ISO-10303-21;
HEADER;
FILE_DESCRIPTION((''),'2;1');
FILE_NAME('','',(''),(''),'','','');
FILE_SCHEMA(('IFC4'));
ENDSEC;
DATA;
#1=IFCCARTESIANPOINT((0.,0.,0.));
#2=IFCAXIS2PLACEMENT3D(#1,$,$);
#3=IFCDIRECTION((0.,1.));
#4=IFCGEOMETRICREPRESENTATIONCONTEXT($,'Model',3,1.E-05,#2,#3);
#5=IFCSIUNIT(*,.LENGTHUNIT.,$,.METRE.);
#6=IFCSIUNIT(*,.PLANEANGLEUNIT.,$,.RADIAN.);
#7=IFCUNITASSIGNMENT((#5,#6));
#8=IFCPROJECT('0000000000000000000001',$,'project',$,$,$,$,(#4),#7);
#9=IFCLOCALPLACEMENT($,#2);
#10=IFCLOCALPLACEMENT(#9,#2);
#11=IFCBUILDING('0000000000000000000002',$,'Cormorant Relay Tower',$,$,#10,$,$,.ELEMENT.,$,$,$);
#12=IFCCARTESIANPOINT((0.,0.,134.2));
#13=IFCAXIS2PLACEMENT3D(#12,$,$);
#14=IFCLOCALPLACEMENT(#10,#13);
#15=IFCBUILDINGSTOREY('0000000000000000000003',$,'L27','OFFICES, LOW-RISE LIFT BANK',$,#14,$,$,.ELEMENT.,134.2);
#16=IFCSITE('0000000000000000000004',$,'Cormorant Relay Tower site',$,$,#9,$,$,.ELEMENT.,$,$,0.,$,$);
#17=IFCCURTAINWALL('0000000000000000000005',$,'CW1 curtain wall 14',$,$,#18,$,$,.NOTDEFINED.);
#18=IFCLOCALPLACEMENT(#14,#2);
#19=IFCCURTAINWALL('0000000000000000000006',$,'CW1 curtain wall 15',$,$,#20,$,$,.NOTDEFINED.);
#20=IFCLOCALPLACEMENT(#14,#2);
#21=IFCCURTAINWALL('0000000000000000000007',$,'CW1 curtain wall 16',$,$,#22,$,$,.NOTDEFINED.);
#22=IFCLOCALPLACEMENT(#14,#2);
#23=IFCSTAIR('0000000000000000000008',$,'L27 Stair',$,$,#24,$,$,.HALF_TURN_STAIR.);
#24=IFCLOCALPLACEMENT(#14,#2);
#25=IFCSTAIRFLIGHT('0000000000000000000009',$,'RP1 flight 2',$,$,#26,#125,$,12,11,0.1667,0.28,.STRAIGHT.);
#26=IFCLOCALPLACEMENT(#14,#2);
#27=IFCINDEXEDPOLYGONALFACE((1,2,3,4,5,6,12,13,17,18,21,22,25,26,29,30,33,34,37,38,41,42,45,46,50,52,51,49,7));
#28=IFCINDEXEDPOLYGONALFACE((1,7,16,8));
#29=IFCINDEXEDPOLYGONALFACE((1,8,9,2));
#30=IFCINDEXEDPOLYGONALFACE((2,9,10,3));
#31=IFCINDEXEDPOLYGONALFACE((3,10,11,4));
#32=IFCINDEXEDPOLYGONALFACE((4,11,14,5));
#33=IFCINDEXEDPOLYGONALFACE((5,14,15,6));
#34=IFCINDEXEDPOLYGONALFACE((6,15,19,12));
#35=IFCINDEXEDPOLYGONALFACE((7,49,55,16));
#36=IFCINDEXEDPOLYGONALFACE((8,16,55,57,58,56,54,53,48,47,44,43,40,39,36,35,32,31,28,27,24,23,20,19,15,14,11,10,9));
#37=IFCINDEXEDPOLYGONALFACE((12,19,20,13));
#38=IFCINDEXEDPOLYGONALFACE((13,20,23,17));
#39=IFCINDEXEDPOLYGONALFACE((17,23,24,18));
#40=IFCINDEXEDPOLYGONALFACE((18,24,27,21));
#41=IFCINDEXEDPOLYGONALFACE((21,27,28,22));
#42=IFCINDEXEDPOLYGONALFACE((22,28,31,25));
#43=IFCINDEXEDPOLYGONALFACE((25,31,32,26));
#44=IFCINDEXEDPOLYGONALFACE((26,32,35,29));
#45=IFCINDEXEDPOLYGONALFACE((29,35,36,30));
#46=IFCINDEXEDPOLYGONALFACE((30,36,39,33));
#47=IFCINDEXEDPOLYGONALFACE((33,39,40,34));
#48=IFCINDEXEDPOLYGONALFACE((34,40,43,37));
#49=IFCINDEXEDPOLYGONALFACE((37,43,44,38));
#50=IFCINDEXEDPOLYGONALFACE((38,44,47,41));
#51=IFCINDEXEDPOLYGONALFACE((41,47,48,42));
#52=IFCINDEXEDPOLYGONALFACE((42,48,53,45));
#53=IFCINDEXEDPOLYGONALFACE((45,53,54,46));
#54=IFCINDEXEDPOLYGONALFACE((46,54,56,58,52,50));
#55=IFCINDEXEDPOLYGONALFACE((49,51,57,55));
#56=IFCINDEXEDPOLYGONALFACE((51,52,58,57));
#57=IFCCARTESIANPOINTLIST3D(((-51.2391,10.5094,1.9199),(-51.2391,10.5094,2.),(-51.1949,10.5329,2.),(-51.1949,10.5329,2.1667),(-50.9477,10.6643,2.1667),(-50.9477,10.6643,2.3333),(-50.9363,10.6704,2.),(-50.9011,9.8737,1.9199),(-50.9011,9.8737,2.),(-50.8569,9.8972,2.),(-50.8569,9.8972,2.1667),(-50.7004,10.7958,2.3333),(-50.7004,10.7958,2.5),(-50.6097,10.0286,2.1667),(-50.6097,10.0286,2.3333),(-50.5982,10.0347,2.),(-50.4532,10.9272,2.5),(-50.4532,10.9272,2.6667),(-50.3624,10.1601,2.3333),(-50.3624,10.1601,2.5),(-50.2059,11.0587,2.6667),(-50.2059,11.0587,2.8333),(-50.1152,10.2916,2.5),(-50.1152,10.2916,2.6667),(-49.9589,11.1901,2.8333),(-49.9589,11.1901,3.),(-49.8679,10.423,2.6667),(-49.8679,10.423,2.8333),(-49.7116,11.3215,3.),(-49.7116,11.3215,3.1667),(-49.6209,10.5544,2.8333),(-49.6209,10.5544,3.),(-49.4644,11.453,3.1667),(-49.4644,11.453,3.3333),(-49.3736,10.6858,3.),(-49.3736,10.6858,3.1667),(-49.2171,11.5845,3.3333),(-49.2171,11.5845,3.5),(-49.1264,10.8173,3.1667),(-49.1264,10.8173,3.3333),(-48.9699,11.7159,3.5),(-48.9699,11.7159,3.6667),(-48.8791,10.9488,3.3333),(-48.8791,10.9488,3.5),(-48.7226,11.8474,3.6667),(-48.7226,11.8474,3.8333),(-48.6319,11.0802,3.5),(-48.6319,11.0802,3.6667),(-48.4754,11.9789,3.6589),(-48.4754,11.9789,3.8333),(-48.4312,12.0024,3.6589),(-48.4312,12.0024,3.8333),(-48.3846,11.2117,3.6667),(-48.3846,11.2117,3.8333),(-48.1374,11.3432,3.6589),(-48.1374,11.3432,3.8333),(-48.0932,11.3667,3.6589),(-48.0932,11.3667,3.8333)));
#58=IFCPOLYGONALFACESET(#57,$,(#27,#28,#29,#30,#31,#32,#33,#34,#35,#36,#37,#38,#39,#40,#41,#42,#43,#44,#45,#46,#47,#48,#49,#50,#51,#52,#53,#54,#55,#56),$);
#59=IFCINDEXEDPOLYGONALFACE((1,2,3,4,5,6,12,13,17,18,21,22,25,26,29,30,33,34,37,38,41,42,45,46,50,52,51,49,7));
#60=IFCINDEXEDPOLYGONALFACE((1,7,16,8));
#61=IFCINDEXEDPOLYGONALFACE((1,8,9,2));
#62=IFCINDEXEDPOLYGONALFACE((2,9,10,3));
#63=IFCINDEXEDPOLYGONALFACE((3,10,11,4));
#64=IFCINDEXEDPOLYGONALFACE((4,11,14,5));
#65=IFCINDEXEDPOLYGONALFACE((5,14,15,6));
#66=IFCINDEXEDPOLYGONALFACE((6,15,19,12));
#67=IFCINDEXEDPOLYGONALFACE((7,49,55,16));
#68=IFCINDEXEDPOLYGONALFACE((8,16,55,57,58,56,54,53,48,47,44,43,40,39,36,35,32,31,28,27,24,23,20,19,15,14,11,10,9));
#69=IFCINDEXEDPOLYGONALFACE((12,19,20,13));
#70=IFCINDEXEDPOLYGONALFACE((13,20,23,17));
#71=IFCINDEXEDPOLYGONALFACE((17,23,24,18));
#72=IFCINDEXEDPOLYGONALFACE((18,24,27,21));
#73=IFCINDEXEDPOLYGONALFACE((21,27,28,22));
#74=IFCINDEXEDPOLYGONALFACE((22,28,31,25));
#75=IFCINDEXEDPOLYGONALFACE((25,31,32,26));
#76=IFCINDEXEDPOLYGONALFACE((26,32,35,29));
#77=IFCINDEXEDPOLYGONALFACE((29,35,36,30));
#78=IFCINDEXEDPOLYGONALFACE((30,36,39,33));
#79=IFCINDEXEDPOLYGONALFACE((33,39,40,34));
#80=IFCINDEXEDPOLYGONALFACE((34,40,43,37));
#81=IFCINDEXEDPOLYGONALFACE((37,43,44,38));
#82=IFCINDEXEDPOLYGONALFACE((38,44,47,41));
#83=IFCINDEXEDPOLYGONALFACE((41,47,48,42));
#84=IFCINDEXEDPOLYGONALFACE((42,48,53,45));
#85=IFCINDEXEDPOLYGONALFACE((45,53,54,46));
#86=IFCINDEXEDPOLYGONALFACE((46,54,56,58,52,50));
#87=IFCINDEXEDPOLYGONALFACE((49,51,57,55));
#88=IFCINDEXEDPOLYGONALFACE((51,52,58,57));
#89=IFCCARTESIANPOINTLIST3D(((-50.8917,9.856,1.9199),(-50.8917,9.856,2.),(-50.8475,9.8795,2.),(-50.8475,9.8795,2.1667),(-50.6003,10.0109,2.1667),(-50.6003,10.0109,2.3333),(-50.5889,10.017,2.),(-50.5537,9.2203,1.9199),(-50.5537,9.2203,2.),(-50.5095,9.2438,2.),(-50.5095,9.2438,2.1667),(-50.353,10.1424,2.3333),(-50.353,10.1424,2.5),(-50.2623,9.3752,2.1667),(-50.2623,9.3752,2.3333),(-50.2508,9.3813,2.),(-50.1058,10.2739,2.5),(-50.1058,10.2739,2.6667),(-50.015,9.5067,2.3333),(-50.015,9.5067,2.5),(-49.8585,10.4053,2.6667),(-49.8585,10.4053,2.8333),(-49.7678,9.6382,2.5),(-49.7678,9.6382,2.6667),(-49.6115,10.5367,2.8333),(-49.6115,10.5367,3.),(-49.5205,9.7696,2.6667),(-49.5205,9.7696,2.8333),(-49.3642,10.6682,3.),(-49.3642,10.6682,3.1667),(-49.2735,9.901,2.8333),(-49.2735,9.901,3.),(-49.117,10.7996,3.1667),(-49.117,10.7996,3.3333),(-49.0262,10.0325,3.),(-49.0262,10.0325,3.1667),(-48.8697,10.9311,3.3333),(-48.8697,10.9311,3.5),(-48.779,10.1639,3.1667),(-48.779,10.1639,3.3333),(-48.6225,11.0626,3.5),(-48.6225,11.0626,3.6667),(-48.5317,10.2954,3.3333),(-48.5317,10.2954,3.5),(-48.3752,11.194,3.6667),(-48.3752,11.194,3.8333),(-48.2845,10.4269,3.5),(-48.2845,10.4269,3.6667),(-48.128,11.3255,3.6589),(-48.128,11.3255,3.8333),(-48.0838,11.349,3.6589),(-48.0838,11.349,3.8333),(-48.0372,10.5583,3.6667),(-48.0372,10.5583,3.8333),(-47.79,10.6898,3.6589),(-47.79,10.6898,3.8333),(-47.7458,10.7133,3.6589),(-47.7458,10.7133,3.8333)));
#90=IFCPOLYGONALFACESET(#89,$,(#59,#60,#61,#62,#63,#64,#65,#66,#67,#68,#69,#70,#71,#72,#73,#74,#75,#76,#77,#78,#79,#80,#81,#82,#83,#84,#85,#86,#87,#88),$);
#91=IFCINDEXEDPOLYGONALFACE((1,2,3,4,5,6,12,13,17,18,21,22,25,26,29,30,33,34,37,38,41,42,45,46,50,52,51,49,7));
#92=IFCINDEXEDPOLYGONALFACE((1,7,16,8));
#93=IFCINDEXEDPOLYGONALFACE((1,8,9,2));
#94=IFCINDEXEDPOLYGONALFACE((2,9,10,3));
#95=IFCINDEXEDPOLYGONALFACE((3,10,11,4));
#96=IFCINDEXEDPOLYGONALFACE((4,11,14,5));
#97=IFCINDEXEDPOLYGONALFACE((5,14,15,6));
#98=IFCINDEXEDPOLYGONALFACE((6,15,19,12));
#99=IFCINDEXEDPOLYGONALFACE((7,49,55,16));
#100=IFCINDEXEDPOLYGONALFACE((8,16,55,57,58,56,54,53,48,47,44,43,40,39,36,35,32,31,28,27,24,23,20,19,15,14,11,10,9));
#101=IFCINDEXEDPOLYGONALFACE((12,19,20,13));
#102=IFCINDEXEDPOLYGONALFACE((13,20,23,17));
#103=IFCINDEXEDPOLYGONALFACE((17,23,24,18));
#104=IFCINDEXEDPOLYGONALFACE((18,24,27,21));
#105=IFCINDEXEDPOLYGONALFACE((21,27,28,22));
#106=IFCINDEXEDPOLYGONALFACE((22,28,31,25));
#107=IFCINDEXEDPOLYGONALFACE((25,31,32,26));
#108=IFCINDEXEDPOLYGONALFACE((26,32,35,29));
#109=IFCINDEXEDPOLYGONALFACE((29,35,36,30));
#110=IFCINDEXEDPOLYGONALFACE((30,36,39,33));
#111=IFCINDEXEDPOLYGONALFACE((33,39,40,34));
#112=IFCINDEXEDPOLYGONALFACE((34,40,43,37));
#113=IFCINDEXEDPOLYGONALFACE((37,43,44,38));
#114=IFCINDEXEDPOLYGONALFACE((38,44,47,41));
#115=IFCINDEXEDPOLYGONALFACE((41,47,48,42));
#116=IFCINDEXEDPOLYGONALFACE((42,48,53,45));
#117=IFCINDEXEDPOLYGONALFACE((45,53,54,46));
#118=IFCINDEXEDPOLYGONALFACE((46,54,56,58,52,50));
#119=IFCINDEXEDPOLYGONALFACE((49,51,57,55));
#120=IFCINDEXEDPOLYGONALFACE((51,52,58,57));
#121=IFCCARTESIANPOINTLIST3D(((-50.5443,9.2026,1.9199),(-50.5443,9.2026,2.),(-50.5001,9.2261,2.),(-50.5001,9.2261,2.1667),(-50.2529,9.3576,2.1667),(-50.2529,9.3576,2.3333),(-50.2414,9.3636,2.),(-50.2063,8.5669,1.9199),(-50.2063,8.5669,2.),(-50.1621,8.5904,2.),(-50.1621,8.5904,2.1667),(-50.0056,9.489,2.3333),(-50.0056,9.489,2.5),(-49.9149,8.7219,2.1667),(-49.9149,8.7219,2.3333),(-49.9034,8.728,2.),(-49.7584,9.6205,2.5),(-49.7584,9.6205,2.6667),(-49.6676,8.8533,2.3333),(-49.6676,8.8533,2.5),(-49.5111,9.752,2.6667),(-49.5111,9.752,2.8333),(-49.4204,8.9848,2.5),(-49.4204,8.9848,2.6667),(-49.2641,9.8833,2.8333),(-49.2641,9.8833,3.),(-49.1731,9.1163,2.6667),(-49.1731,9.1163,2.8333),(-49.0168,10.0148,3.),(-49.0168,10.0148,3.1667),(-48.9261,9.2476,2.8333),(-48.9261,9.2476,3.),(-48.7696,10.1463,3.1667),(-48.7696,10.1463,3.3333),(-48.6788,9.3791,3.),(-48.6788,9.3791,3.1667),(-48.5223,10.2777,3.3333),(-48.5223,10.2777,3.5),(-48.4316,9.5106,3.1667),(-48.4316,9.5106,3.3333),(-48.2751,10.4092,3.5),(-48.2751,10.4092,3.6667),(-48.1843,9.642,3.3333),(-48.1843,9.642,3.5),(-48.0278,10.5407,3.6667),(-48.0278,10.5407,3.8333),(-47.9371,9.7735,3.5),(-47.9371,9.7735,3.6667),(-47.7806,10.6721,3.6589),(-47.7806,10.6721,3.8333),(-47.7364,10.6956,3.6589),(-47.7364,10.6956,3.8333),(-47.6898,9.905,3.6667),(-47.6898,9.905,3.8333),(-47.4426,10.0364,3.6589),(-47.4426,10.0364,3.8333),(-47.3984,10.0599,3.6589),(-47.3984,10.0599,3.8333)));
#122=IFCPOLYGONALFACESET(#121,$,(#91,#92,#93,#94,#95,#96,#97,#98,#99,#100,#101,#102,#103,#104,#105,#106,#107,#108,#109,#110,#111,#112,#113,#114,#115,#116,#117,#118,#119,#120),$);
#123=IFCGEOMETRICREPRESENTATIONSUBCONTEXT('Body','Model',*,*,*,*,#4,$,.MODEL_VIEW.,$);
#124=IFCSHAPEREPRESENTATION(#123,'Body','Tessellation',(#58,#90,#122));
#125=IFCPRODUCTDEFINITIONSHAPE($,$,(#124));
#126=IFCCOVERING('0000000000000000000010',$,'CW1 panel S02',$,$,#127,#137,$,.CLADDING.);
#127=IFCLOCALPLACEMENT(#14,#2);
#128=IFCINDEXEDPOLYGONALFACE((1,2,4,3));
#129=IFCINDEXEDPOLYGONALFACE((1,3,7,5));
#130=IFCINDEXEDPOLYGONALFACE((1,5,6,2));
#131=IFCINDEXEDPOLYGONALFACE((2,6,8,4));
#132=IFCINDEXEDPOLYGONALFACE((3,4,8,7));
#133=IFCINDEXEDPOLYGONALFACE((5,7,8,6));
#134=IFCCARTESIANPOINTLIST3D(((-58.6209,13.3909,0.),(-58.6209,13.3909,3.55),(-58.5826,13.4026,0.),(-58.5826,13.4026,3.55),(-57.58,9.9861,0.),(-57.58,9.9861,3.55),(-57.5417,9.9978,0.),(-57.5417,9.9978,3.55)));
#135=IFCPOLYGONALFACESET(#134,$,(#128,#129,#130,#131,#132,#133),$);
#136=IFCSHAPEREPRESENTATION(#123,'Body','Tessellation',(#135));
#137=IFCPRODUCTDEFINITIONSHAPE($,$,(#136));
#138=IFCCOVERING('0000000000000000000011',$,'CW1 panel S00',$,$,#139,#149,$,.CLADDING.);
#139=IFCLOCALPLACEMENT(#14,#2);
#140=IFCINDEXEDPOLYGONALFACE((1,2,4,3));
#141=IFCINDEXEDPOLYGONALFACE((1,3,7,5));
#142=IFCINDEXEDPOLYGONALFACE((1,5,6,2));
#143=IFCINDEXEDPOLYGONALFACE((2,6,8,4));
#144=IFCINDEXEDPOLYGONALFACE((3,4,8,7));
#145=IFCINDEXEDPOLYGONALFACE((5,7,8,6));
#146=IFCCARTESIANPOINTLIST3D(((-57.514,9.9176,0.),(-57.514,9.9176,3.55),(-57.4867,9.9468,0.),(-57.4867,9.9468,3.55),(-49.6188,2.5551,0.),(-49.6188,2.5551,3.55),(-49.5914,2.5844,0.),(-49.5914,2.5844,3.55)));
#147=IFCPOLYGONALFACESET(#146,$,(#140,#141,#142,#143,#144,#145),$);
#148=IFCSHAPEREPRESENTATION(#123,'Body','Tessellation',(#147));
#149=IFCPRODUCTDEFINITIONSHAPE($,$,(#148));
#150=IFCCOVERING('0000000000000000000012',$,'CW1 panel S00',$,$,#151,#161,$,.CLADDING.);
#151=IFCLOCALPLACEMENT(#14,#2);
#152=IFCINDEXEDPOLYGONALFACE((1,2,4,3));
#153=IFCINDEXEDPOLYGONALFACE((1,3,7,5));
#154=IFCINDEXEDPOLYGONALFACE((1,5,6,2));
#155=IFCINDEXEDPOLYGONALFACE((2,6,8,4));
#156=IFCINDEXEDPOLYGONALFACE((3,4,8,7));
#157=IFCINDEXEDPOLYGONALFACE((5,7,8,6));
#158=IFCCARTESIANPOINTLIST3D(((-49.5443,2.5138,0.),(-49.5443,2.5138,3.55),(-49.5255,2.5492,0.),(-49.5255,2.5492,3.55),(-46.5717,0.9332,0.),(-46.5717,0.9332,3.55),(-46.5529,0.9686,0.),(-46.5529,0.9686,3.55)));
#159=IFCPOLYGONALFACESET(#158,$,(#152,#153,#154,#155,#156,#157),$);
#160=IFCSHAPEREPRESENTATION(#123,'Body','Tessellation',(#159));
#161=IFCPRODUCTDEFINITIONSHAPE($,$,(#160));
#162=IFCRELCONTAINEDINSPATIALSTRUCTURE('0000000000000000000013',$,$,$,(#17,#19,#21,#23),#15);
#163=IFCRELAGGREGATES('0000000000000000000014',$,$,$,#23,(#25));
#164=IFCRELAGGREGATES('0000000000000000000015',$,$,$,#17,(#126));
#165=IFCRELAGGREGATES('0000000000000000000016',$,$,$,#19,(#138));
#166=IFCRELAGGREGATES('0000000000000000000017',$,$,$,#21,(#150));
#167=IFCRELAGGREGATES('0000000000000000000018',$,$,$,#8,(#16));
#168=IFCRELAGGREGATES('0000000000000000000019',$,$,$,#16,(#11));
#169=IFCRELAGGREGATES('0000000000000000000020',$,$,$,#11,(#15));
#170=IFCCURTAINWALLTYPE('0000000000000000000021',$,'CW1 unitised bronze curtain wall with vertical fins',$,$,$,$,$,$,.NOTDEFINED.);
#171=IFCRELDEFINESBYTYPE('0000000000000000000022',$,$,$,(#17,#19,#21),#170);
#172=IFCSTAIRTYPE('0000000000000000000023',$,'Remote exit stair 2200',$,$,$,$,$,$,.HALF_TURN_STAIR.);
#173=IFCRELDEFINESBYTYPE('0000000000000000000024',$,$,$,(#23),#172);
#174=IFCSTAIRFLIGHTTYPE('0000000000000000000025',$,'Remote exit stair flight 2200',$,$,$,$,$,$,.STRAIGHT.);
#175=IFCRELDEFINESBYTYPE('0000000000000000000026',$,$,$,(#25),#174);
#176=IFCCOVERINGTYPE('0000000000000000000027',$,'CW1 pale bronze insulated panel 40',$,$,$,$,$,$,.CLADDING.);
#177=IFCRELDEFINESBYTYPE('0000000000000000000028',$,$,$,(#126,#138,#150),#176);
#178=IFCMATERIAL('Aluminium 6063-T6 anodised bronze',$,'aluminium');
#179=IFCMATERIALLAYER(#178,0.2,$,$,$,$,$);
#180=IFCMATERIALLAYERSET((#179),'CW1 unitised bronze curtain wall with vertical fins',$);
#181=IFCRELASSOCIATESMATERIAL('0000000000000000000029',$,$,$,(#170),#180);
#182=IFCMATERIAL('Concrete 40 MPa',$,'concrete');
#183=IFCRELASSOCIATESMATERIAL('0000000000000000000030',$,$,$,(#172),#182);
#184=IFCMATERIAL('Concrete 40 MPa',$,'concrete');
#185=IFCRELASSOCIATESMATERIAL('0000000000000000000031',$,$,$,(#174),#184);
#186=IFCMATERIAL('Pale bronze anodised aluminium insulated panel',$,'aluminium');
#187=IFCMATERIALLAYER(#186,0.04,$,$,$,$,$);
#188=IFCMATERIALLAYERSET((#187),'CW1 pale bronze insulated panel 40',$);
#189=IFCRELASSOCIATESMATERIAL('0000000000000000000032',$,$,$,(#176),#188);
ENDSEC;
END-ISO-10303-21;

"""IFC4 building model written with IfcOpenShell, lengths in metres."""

from ifc_helpers import new_model, si_unit, direction, frame, origin, origin_2d, place, context, subcontext, project, spatial, polyline, rectangle, outline, extrude, material, layer, layer_set, type_object, element, aggregate, save


model = new_model("IFC4")

# Units and contexts
model_context = context("Model", 3, precision=1e-05, world=origin(), true_north=direction((0.0, 1.0)))
body_context = subcontext(model_context, "Body", "Model", "MODEL_VIEW")
ifc_project = project(units=[si_unit("LENGTHUNIT", "METRE"), si_unit("PLANEANGLEUNIT", "RADIAN")], contexts=[model_context])

# Site, building, storey
site_placement = place(None, origin())
site = spatial("IfcSite", under=ifc_project, at=site_placement, Name="Cormorant Relay Tower site", CompositionType="ELEMENT", RefElevation=0.0)
building_placement = place(site_placement, origin())
building = spatial("IfcBuilding", under=site, at=building_placement, Name="Cormorant Relay Tower", CompositionType="ELEMENT")
storey_placement = place(building_placement, frame((0.0, 0.0, 134.2)))
storey = spatial("IfcBuildingStorey", under=building, at=storey_placement, Name="L27", Description="OFFICES, LOW-RISE LIFT BANK", CompositionType="ELEMENT", Elevation=134.2)

# Curtain wall
ifc_material_1 = material(Name="Aluminium 6063-T6 anodised bronze", Category="aluminium")
ifc_layer_1 = layer(ifc_material_1, 0.2)
ifc_layer_set_1 = layer_set([ifc_layer_1], Name="CW1 unitised bronze curtain wall with vertical fins")
curtain_wall_type = type_object("IfcCurtainWallType", Name="CW1 unitised bronze curtain wall with vertical fins", PredefinedType="NOTDEFINED", material=ifc_layer_set_1)
curtain_wall_1_placement = place(storey_placement, origin())
curtain_wall_1 = element("IfcCurtainWall", 1, at=curtain_wall_1_placement, inside=storey, type_object=curtain_wall_type, Name="CW1 curtain wall 14", PredefinedType="NOTDEFINED")

# Curtain wall
curtain_wall_2_placement = place(storey_placement, origin())
curtain_wall_2 = element("IfcCurtainWall", 2, at=curtain_wall_2_placement, inside=storey, type_object=curtain_wall_type, Name="CW1 curtain wall 15", PredefinedType="NOTDEFINED")

# Curtain wall
curtain_wall_3_placement = place(storey_placement, origin())
curtain_wall_3 = element("IfcCurtainWall", 3, at=curtain_wall_3_placement, inside=storey, type_object=curtain_wall_type, Name="CW1 curtain wall 16", PredefinedType="NOTDEFINED")

# Stair, stair flight
ifc_material_2 = material(Name="Concrete 40 MPa", Category="concrete")
stair_type = type_object("IfcStairType", Name="Remote exit stair 2200", PredefinedType="HALF_TURN_STAIR", material=ifc_material_2)
stair_placement = place(storey_placement, origin())
stair = element("IfcStair", 4, at=stair_placement, inside=storey, type_object=stair_type, Name="L27 Stair", PredefinedType="HALF_TURN_STAIR")
ifc_material_3 = material(Name="Concrete 40 MPa", Category="concrete")
stair_flight_type = type_object("IfcStairFlightType", Name="Remote exit stair flight 2200", PredefinedType="STRAIGHT", material=ifc_material_3)
stair_flight_1_placement = place(storey_placement, frame((-50.6785, 9.5615, 2.0), z_axis=(0.0, 0.0, 1.0), x_axis=(0.882948, 0.469472, 0.0)))
stair_flight_1 = element("IfcStairFlight", 5, at=stair_flight_1_placement, type_object=stair_flight_type, Name="RP1 flight 2", NumberOfRisers=12, NumberOfTreads=11, PredefinedType="STRAIGHT", RiserHeight=0.1667, TreadLength=0.28, context=body_context, shape_type="SweptSolid", body=[
    extrude(outline(polyline([(-0.05, -0.0801), (-0.05, 0.0), (0.0, 0.0), (0.0, 0.1667), (0.28, 0.1667), (0.28, 0.3333), (0.5601, 0.3333), (0.5601, 0.5), (0.8401, 0.5), (0.8401, 0.6667), (1.1201, 0.6667), (1.1201, 0.8333), (1.3999, 0.8333), (1.3999, 1.0), (1.6799, 1.0), (1.6799, 1.1667), (1.96, 1.1667), (1.96, 1.3333), (2.24, 1.3333), (2.24, 1.5), (2.52, 1.5), (2.52, 1.6667), (2.8, 1.6667), (2.8, 1.8333), (3.0801, 1.8333), (3.1301, 1.8333), (3.1301, 1.6589), (3.0801, 1.6589), (0.293, 0.0), (-0.05, -0.0801)])), frame((0.0, 1.1001, 0.0), z_axis=(0.0, -1.0, 0.0), x_axis=(1.0, 0.0, 0.0)), (0.0, 0.0, 1.0), 0.72),
    extrude(outline(polyline([(-0.05, -0.0801), (-0.05, 0.0), (0.0, 0.0), (0.0, 0.1667), (0.28, 0.1667), (0.28, 0.3333), (0.5601, 0.3333), (0.5601, 0.5), (0.8401, 0.5), (0.8401, 0.6667), (1.1201, 0.6667), (1.1201, 0.8333), (1.3999, 0.8333), (1.3999, 1.0), (1.6799, 1.0), (1.6799, 1.1667), (1.96, 1.1667), (1.96, 1.3333), (2.24, 1.3333), (2.24, 1.5), (2.52, 1.5), (2.52, 1.6667), (2.8, 1.6667), (2.8, 1.8333), (3.0801, 1.8333), (3.1301, 1.8333), (3.1301, 1.6589), (3.0801, 1.6589), (0.293, 0.0), (-0.05, -0.0801)])), frame((0.0, 0.3601, 0.0), z_axis=(0.0, -1.0, 0.0), x_axis=(1.0, 0.0, 0.0)), (0.0, 0.0, 1.0), 0.72),
    extrude(outline(polyline([(-0.05, -0.0801), (-0.05, 0.0), (0.0, 0.0), (0.0, 0.1667), (0.28, 0.1667), (0.28, 0.3333), (0.5601, 0.3333), (0.5601, 0.5), (0.8401, 0.5), (0.8401, 0.6667), (1.1201, 0.6667), (1.1201, 0.8333), (1.3999, 0.8333), (1.3999, 1.0), (1.6799, 1.0), (1.6799, 1.1667), (1.96, 1.1667), (1.96, 1.3333), (2.24, 1.3333), (2.24, 1.5), (2.52, 1.5), (2.52, 1.6667), (2.8, 1.6667), (2.8, 1.8333), (3.0801, 1.8333), (3.1301, 1.8333), (3.1301, 1.6589), (3.0801, 1.6589), (0.293, 0.0), (-0.05, -0.0801)])), frame((0.0, -0.3799, 0.0), z_axis=(0.0, -1.0, 0.0), x_axis=(1.0, 0.0, 0.0)), (0.0, 0.0, 1.0), 0.72),
])
aggregate(stair, [stair_flight_1])

# Coverings
ifc_material_4 = material(Name="Pale bronze anodised aluminium insulated panel", Category="aluminium")
ifc_layer_2 = layer(ifc_material_4, 0.04)
ifc_layer_set_2 = layer_set([ifc_layer_2], Name="CW1 pale bronze insulated panel 40")
covering_type = type_object("IfcCoveringType", Name="CW1 pale bronze insulated panel 40", PredefinedType="CLADDING", material=ifc_layer_set_2)
covering_1_placement = place(storey_placement, frame((-58.0813, 11.6943, 0.0), z_axis=(0.0, 0.0, 1.0), x_axis=(0.292372, -0.956305, 0.0)))
covering_1 = element("IfcCovering", 6, at=covering_1_placement, type_object=covering_type, Name="CW1 panel S02", PredefinedType="CLADDING", context=body_context, shape_type="SweptSolid", body=[
    extrude(rectangle(XDim=3.5603, YDim=0.04, at=origin_2d()), origin(), (0.0, 0.0, 1.0), 3.55),
])
aggregate(curtain_wall_1, [covering_1])
covering_2_placement = place(storey_placement, frame((-53.5527, 6.251, 0.0), z_axis=(0.0, 0.0, 1.0), x_axis=(0.731354, -0.681998, 0.0)))
covering_2 = element("IfcCovering", 7, at=covering_2_placement, type_object=covering_type, Name="CW1 panel S00", PredefinedType="CLADDING", context=body_context, shape_type="SweptSolid", body=[
    extrude(rectangle(XDim=10.7954, YDim=0.04, at=origin_2d()), origin(), (0.0, 0.0, 1.0), 3.55),
])
aggregate(curtain_wall_2, [covering_2])
covering_3_placement = place(storey_placement, frame((-48.0486, 1.7412, 0.0), z_axis=(0.0, 0.0, 1.0), x_axis=(0.882948, -0.469472, 0.0)))
covering_3 = element("IfcCovering", 8, at=covering_3_placement, type_object=covering_type, Name="CW1 panel S00", PredefinedType="CLADDING", context=body_context, shape_type="SweptSolid", body=[
    extrude(rectangle(XDim=3.3667, YDim=0.04, at=origin_2d()), origin(), (0.0, 0.0, 1.0), 3.55),
])
aggregate(curtain_wall_3, [covering_3])

save(model, "model.ifc")
